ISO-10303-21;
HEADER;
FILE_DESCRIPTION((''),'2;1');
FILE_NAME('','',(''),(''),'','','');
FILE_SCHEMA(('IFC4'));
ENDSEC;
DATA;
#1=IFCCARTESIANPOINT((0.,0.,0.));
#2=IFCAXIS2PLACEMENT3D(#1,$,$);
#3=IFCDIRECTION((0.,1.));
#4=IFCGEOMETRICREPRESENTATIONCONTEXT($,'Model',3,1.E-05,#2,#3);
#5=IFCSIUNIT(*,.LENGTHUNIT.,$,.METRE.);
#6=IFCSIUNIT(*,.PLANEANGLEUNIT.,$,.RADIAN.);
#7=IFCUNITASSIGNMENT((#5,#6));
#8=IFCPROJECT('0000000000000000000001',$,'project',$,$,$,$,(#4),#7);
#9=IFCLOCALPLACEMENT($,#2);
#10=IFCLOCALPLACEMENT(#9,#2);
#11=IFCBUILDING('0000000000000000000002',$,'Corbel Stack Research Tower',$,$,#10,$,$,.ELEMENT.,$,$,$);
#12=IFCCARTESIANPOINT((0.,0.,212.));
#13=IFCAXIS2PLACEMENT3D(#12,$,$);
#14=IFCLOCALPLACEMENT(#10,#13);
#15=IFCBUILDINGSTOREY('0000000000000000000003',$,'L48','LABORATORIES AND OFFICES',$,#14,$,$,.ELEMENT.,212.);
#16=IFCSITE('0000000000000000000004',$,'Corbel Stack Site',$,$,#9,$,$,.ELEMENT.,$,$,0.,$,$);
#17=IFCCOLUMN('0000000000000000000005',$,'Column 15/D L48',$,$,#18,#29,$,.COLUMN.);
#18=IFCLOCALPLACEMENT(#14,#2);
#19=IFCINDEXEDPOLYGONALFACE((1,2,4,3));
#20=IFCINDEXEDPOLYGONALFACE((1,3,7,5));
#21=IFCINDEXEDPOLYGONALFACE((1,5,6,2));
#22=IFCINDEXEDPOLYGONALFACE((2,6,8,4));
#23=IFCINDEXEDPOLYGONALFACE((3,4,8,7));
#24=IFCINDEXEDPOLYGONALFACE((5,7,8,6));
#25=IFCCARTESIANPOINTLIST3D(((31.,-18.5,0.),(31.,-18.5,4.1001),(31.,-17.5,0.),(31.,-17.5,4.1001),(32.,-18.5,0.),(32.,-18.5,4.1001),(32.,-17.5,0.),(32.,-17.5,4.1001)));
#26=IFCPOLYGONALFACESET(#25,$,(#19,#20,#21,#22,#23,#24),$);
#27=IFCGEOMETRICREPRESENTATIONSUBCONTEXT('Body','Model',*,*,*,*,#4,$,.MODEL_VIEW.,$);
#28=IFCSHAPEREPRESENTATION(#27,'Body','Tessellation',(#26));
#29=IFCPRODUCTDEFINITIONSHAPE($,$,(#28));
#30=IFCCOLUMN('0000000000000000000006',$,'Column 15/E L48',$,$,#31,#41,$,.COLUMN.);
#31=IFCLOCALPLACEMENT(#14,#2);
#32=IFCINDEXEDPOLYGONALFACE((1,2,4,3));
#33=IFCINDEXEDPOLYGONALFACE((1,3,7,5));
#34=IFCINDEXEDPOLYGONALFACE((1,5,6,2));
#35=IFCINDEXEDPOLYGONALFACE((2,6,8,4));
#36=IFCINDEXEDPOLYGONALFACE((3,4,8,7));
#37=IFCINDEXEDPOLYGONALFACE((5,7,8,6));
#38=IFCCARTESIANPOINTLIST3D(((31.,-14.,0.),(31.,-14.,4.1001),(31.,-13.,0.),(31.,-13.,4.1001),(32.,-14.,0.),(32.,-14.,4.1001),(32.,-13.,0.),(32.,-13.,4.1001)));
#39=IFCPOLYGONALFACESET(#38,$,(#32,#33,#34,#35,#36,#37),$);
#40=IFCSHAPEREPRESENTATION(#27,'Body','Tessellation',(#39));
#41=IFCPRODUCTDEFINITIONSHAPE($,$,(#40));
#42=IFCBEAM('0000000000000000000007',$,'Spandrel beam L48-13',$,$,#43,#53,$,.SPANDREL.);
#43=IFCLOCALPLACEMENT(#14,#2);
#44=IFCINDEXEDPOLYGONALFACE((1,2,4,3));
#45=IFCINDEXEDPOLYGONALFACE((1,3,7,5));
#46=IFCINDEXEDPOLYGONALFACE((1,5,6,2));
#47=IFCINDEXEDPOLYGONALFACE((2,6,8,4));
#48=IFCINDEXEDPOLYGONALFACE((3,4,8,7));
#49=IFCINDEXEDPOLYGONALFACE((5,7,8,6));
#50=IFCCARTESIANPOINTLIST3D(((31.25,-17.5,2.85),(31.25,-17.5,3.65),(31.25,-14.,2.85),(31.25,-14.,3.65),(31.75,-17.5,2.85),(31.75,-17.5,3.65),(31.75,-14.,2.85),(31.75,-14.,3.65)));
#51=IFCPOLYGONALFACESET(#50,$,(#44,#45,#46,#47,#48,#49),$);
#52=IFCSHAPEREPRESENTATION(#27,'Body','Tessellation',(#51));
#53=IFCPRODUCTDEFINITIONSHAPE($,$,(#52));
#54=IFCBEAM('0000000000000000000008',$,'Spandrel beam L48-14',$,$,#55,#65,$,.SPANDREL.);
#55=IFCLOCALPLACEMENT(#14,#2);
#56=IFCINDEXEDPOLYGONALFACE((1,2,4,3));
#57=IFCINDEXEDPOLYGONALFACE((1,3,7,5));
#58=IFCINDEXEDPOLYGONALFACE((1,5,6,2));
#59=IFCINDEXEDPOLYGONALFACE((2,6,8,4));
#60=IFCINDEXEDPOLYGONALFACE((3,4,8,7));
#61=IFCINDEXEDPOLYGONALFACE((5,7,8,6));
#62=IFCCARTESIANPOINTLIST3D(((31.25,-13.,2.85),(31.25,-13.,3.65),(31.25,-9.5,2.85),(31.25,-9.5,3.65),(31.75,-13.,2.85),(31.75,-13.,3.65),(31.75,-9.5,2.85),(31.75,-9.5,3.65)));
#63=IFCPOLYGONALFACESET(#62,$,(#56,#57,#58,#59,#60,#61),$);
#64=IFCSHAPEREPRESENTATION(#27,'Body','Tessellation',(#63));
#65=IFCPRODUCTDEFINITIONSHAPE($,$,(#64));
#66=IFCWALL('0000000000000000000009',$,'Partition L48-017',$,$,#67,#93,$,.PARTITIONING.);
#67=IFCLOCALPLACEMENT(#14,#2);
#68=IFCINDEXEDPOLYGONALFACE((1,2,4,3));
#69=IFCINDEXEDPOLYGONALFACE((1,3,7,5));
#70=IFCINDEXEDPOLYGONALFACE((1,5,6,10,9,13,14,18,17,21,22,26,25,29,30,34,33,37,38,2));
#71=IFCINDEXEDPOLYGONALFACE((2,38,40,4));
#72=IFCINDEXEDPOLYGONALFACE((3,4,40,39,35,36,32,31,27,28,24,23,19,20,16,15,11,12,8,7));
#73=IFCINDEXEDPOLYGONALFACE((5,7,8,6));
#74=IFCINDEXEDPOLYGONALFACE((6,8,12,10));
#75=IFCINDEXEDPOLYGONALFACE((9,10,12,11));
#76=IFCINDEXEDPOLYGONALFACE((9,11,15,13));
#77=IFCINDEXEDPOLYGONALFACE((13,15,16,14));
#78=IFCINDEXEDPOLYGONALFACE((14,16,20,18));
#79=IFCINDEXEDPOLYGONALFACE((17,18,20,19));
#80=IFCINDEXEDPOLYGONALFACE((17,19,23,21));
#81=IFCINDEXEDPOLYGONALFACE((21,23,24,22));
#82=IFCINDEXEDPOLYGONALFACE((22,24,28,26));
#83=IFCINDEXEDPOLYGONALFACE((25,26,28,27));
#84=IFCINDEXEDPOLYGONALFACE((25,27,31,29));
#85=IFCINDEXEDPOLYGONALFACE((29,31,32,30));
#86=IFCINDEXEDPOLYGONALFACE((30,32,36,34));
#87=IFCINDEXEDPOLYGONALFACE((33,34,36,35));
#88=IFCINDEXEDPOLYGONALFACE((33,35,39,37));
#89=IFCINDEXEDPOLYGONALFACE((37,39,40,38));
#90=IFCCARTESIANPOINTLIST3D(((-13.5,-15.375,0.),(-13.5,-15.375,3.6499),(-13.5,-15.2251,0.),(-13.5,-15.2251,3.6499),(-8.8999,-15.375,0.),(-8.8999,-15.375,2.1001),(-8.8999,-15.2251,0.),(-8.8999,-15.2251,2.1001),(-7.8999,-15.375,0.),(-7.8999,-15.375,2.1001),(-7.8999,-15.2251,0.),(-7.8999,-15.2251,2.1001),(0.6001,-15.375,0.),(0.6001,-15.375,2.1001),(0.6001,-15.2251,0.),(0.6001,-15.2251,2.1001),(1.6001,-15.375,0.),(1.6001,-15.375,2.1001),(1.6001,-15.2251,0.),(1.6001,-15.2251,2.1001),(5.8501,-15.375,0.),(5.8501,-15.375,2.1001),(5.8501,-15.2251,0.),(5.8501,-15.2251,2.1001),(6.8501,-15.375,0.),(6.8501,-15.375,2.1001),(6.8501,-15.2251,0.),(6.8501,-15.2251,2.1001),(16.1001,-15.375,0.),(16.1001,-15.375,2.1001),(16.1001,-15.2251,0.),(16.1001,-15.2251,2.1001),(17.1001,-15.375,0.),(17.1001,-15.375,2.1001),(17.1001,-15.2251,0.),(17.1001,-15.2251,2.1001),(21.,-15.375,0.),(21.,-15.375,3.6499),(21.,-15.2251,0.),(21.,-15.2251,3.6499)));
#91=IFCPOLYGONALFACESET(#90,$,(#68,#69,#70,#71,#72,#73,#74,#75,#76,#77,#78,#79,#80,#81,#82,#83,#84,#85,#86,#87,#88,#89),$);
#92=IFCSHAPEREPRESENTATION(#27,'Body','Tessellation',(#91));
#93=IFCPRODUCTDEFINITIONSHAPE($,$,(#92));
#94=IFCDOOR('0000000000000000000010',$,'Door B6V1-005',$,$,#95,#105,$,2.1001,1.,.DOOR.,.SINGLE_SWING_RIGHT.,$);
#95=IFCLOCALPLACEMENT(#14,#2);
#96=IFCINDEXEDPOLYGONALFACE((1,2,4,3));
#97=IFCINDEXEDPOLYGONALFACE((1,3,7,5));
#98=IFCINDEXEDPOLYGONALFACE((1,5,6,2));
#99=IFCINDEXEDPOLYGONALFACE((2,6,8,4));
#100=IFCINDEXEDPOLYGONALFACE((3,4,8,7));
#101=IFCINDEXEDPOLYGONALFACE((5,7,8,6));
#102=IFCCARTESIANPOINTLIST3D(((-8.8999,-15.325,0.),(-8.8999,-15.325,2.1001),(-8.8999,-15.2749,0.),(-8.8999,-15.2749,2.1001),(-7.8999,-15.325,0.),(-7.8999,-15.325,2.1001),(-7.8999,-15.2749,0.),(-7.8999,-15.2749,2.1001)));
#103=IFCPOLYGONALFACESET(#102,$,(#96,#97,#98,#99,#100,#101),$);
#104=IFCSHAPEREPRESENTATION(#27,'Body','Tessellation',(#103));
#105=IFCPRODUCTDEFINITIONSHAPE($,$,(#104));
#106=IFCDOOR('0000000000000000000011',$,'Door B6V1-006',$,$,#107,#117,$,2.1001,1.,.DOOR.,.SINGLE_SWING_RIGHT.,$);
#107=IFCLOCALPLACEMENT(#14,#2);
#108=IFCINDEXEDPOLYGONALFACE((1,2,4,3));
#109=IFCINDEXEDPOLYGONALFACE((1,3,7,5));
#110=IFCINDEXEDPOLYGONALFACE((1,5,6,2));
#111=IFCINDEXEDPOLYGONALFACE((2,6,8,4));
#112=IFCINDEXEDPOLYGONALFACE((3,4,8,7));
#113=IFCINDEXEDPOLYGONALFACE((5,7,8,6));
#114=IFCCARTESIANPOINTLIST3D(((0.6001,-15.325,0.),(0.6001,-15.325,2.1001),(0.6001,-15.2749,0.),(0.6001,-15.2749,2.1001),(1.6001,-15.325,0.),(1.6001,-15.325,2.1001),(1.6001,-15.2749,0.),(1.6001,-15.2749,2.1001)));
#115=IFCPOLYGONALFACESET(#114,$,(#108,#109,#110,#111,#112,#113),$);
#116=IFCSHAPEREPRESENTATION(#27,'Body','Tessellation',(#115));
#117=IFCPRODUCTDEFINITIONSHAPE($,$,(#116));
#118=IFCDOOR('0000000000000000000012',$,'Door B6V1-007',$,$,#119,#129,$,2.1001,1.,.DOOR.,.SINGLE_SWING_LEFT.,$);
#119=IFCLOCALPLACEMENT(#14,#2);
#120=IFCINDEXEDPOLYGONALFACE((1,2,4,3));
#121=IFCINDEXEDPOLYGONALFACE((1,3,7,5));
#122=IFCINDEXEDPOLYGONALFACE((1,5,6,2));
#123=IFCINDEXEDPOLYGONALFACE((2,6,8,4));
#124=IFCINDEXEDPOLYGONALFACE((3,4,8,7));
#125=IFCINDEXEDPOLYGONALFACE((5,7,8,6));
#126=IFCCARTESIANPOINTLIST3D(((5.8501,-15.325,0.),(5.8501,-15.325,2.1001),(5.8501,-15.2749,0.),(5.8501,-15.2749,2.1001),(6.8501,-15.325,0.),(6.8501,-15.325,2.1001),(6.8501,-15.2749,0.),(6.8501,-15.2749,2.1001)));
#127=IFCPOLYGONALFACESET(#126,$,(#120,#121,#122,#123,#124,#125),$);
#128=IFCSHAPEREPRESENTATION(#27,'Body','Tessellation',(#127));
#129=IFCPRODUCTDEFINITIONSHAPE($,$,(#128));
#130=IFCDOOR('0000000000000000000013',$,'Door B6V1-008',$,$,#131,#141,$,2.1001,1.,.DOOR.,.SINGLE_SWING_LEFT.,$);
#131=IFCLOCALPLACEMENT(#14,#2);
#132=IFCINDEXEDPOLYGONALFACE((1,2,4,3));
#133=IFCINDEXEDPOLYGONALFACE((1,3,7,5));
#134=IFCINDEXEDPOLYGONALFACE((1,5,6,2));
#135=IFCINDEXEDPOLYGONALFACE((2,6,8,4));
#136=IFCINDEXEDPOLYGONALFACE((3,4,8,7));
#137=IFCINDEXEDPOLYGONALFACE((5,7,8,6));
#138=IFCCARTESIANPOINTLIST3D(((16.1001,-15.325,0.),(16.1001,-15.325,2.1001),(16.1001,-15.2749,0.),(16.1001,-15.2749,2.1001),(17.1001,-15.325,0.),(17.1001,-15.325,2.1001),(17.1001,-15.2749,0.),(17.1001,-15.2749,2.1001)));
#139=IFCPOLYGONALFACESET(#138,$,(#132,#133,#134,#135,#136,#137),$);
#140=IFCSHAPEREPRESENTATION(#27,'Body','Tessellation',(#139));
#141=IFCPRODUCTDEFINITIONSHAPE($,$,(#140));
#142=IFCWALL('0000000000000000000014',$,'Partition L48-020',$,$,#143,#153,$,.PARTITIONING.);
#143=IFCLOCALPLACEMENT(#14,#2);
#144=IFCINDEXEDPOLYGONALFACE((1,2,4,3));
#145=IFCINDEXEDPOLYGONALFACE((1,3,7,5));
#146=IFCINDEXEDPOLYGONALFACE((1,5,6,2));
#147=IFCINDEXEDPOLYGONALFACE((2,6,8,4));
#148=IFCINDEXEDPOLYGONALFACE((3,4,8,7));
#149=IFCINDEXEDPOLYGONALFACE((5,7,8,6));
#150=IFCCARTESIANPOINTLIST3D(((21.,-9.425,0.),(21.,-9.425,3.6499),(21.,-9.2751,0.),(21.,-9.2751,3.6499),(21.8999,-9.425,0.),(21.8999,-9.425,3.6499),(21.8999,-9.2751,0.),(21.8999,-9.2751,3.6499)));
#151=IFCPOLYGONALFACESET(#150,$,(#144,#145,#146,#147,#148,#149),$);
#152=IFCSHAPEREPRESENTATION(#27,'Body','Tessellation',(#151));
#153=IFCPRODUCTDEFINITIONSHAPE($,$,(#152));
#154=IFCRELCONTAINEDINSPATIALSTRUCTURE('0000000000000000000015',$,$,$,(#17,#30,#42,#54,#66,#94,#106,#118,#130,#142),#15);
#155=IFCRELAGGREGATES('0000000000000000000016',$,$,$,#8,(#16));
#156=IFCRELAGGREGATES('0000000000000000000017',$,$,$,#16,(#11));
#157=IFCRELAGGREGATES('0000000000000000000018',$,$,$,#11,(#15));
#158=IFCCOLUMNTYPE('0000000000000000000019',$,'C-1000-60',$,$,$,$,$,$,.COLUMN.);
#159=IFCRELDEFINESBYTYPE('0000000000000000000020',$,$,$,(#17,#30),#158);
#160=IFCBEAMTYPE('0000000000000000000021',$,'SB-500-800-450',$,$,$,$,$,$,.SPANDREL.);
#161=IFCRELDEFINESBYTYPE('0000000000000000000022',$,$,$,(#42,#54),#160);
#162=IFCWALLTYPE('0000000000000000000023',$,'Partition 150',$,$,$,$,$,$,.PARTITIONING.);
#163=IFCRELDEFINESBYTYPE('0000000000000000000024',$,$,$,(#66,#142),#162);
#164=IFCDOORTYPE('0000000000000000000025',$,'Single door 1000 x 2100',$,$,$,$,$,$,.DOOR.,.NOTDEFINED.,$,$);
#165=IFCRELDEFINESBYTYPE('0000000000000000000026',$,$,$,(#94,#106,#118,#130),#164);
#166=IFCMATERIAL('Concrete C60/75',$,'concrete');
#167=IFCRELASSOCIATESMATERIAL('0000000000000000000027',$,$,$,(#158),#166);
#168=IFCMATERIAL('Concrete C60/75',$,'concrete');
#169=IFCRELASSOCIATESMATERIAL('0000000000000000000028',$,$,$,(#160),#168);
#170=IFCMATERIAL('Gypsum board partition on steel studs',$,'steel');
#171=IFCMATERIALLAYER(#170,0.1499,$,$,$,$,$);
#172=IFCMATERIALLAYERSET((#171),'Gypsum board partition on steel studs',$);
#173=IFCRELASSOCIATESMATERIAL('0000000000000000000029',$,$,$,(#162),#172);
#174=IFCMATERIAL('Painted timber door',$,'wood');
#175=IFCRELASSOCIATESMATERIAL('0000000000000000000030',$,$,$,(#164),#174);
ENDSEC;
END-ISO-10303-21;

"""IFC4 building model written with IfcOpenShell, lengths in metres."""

from ifc_helpers import new_model, si_unit, direction, frame, frame_2d, origin, origin_2d, place, context, subcontext, project, spatial, rectangle, extrude, material, layer, layer_set, material_profile, profile_set, type_object, element, fill, save


model = new_model("IFC4")

# Units and contexts
model_context = context("Model", 3, precision=1e-05, world=origin(), true_north=direction((0.0, 1.0)))
body_context = subcontext(model_context, "Body", "Model", "MODEL_VIEW")
ifc_project = project(units=[si_unit("LENGTHUNIT", "METRE"), si_unit("PLANEANGLEUNIT", "RADIAN")], contexts=[model_context])

# Site, building, storey
site_placement = place(None, origin())
site = spatial("IfcSite", under=ifc_project, at=site_placement, Name="Corbel Stack Site", CompositionType="ELEMENT", RefElevation=0.0)
building_placement = place(site_placement, origin())
building = spatial("IfcBuilding", under=site, at=building_placement, Name="Corbel Stack Research Tower", CompositionType="ELEMENT")
storey_placement = place(building_placement, frame((0.0, 0.0, 212.0)))
storey = spatial("IfcBuildingStorey", under=building, at=storey_placement, Name="L48", Description="LABORATORIES AND OFFICES", CompositionType="ELEMENT", Elevation=212.0)

# Columns
ifc_material_1 = material(Name="Concrete C60/75", Category="concrete")
ifc_material_profile_1 = material_profile(ifc_material_1, rectangle(XDim=1.0, YDim=1.0, at=origin_2d()), Name="RC 1000 x 1000")
ifc_profile_set_1 = profile_set([ifc_material_profile_1], Name="Concrete C60/75")
column_type = type_object("IfcColumnType", Name="C-1000-60", PredefinedType="COLUMN", material=ifc_profile_set_1)
for number, where, z_axis, x_axis, name in (
    (1, (31.5, -18.0, 0.0), (0.0, 0.0, 1.0), (1.0, 0.0, 0.0), "Column 15/D L48"),
    (2, (31.5, -13.5, 0.0), (0.0, 0.0, 1.0), (1.0, 0.0, 0.0), "Column 15/E L48"),
):
    element("IfcColumn", number, at=place(storey_placement, frame(where, z_axis=z_axis, x_axis=x_axis)), inside=storey, type_object=column_type, Name=name, PredefinedType="COLUMN", context=body_context, shape_type="SweptSolid", body=[
        extrude(rectangle(XDim=1.0, YDim=1.0, at=origin_2d()), origin(), (0.0, 0.0, 1.0), 4.1001),
    ])

# Beams
ifc_material_2 = material(Name="Concrete C60/75", Category="concrete")
ifc_material_profile_2 = material_profile(ifc_material_2, rectangle(XDim=0.5, YDim=0.8, at=origin_2d()), Name="RC 500 x 800")
ifc_profile_set_2 = profile_set([ifc_material_profile_2], Name="Concrete C60/75")
beam_type = type_object("IfcBeamType", Name="SB-500-800-450", PredefinedType="SPANDREL", material=ifc_profile_set_2)
for number, where, z_axis, x_axis, name in (
    (3, (31.5, -17.5, 3.25), (0.0, 1.0, 0.0), (-1.0, 0.0, 0.0), "Spandrel beam L48-13"),
    (4, (31.5, -13.0, 3.25), (0.0, 1.0, 0.0), (-1.0, 0.0, 0.0), "Spandrel beam L48-14"),
):
    element("IfcBeam", number, at=place(storey_placement, frame(where, z_axis=z_axis, x_axis=x_axis)), inside=storey, type_object=beam_type, Name=name, PredefinedType="SPANDREL", context=body_context, shape_type="SweptSolid", body=[
        extrude(rectangle(XDim=0.5, YDim=0.8, at=origin_2d()), origin(), (0.0, 0.0, 1.0), 3.5),
    ])

# Wall, openings, doors
ifc_material_3 = material(Name="Gypsum board partition on steel studs", Category="steel")
ifc_layer_1 = layer(ifc_material_3, 0.1499)
ifc_layer_set_1 = layer_set([ifc_layer_1], Name="Gypsum board partition on steel studs")
wall_type_1 = type_object("IfcWallType", Name="Partition 150", PredefinedType="PARTITIONING", material=ifc_layer_set_1)
wall_1_placement = place(storey_placement, frame((21.0, -15.3, 0.0), z_axis=(0.0, 0.0, 1.0), x_axis=(-1.0, 0.0, 0.0)))
wall_1 = element("IfcWall", 5, at=wall_1_placement, inside=storey, type_object=wall_type_1, Name="Partition L48-017", PredefinedType="PARTITIONING", context=body_context, shape_type="SweptSolid", body=[
    extrude(rectangle(XDim=34.5, YDim=0.1499, at=frame_2d((17.25, 0.0))), origin(), (0.0, 0.0, 1.0), 3.6499),
])
opening_1_placement = place(wall_1_placement, frame((28.8999, 0.0, 0.0)))
opening_1 = element("IfcOpeningElement", 6, at=opening_1_placement, cuts=wall_1, PredefinedType="OPENING", context=body_context, shape_type="SweptSolid", body=[
    extrude(rectangle(XDim=1.0, YDim=2.1001, at=frame_2d((0.5, 1.05))), frame((0.0, 0.085, 0.0), z_axis=(0.0, -1.0, 0.0), x_axis=(1.0, 0.0, 0.0)), (0.0, 0.0, 1.0), 0.1699),
])
opening_2_placement = place(wall_1_placement, frame((19.3999, 0.0, 0.0)))
opening_2 = element("IfcOpeningElement", 7, at=opening_2_placement, cuts=wall_1, PredefinedType="OPENING", context=body_context, shape_type="SweptSolid", body=[
    extrude(rectangle(XDim=1.0, YDim=2.1001, at=frame_2d((0.5, 1.05))), frame((0.0, 0.085, 0.0), z_axis=(0.0, -1.0, 0.0), x_axis=(1.0, 0.0, 0.0)), (0.0, 0.0, 1.0), 0.1699),
])
opening_3_placement = place(wall_1_placement, frame((14.1499, 0.0, 0.0)))
opening_3 = element("IfcOpeningElement", 8, at=opening_3_placement, cuts=wall_1, PredefinedType="OPENING", context=body_context, shape_type="SweptSolid", body=[
    extrude(rectangle(XDim=1.0, YDim=2.1001, at=frame_2d((0.5, 1.05))), frame((0.0, 0.085, 0.0), z_axis=(0.0, -1.0, 0.0), x_axis=(1.0, 0.0, 0.0)), (0.0, 0.0, 1.0), 0.1699),
])
opening_4_placement = place(wall_1_placement, frame((3.8999, 0.0, 0.0)))
opening_4 = element("IfcOpeningElement", 9, at=opening_4_placement, cuts=wall_1, PredefinedType="OPENING", context=body_context, shape_type="SweptSolid", body=[
    extrude(rectangle(XDim=1.0, YDim=2.1001, at=frame_2d((0.5, 1.05))), frame((0.0, 0.085, 0.0), z_axis=(0.0, -1.0, 0.0), x_axis=(1.0, 0.0, 0.0)), (0.0, 0.0, 1.0), 0.1699),
])
ifc_material_4 = material(Name="Painted timber door", Category="wood")
door_type_1 = type_object("IfcDoorType", Name="Single door 1000 x 2100", OperationType="NOTDEFINED", PredefinedType="DOOR", material=ifc_material_4)
door_1_placement = place(opening_1_placement, origin())
door_1 = element("IfcDoor", 10, at=door_1_placement, inside=storey, type_object=door_type_1, Name="Door B6V1-005", OperationType="SINGLE_SWING_RIGHT", OverallHeight=2.1001, OverallWidth=1.0, PredefinedType="DOOR", context=body_context, shape_type="SweptSolid", body=[
    extrude(rectangle(XDim=1.0, YDim=2.1001, at=frame_2d((0.5, 1.05))), frame((0.0, 0.0249, 0.0), z_axis=(0.0, -1.0, 0.0), x_axis=(1.0, 0.0, 0.0)), (0.0, 0.0, 1.0), 0.05),
])
fill(opening_1, door_1)
door_2_placement = place(opening_2_placement, origin())
door_2 = element("IfcDoor", 11, at=door_2_placement, inside=storey, type_object=door_type_1, Name="Door B6V1-006", OperationType="SINGLE_SWING_RIGHT", OverallHeight=2.1001, OverallWidth=1.0, PredefinedType="DOOR", context=body_context, shape_type="SweptSolid", body=[
    extrude(rectangle(XDim=1.0, YDim=2.1001, at=frame_2d((0.5, 1.05))), frame((0.0, 0.0249, 0.0), z_axis=(0.0, -1.0, 0.0), x_axis=(1.0, 0.0, 0.0)), (0.0, 0.0, 1.0), 0.05),
])
fill(opening_2, door_2)
door_3_placement = place(opening_3_placement, origin())
door_3 = element("IfcDoor", 12, at=door_3_placement, inside=storey, type_object=door_type_1, Name="Door B6V1-007", OperationType="SINGLE_SWING_LEFT", OverallHeight=2.1001, OverallWidth=1.0, PredefinedType="DOOR", context=body_context, shape_type="SweptSolid", body=[
    extrude(rectangle(XDim=1.0, YDim=2.1001, at=frame_2d((0.5, 1.05))), frame((0.0, 0.0249, 0.0), z_axis=(0.0, -1.0, 0.0), x_axis=(1.0, 0.0, 0.0)), (0.0, 0.0, 1.0), 0.05),
])
fill(opening_3, door_3)
door_4_placement = place(opening_4_placement, origin())
door_4 = element("IfcDoor", 13, at=door_4_placement, inside=storey, type_object=door_type_1, Name="Door B6V1-008", OperationType="SINGLE_SWING_LEFT", OverallHeight=2.1001, OverallWidth=1.0, PredefinedType="DOOR", context=body_context, shape_type="SweptSolid", body=[
    extrude(rectangle(XDim=1.0, YDim=2.1001, at=frame_2d((0.5, 1.05))), frame((0.0, 0.0249, 0.0), z_axis=(0.0, -1.0, 0.0), x_axis=(1.0, 0.0, 0.0)), (0.0, 0.0, 1.0), 0.05),
])
fill(opening_4, door_4)

# Wall
wall_2_placement = place(storey_placement, frame((21.0, -9.3501, 0.0), z_axis=(0.0, 0.0, 1.0), x_axis=(1.0, 0.0, 0.0)))
element("IfcWall", 14, at=wall_2_placement, inside=storey, type_object=wall_type_1, Name="Partition L48-020", PredefinedType="PARTITIONING", context=body_context, shape_type="SweptSolid", body=[
    extrude(rectangle(XDim=0.8999, YDim=0.1499, at=frame_2d((0.45, 0.0))), origin(), (0.0, 0.0, 1.0), 3.6499),
])

save(model, "model.ifc")
